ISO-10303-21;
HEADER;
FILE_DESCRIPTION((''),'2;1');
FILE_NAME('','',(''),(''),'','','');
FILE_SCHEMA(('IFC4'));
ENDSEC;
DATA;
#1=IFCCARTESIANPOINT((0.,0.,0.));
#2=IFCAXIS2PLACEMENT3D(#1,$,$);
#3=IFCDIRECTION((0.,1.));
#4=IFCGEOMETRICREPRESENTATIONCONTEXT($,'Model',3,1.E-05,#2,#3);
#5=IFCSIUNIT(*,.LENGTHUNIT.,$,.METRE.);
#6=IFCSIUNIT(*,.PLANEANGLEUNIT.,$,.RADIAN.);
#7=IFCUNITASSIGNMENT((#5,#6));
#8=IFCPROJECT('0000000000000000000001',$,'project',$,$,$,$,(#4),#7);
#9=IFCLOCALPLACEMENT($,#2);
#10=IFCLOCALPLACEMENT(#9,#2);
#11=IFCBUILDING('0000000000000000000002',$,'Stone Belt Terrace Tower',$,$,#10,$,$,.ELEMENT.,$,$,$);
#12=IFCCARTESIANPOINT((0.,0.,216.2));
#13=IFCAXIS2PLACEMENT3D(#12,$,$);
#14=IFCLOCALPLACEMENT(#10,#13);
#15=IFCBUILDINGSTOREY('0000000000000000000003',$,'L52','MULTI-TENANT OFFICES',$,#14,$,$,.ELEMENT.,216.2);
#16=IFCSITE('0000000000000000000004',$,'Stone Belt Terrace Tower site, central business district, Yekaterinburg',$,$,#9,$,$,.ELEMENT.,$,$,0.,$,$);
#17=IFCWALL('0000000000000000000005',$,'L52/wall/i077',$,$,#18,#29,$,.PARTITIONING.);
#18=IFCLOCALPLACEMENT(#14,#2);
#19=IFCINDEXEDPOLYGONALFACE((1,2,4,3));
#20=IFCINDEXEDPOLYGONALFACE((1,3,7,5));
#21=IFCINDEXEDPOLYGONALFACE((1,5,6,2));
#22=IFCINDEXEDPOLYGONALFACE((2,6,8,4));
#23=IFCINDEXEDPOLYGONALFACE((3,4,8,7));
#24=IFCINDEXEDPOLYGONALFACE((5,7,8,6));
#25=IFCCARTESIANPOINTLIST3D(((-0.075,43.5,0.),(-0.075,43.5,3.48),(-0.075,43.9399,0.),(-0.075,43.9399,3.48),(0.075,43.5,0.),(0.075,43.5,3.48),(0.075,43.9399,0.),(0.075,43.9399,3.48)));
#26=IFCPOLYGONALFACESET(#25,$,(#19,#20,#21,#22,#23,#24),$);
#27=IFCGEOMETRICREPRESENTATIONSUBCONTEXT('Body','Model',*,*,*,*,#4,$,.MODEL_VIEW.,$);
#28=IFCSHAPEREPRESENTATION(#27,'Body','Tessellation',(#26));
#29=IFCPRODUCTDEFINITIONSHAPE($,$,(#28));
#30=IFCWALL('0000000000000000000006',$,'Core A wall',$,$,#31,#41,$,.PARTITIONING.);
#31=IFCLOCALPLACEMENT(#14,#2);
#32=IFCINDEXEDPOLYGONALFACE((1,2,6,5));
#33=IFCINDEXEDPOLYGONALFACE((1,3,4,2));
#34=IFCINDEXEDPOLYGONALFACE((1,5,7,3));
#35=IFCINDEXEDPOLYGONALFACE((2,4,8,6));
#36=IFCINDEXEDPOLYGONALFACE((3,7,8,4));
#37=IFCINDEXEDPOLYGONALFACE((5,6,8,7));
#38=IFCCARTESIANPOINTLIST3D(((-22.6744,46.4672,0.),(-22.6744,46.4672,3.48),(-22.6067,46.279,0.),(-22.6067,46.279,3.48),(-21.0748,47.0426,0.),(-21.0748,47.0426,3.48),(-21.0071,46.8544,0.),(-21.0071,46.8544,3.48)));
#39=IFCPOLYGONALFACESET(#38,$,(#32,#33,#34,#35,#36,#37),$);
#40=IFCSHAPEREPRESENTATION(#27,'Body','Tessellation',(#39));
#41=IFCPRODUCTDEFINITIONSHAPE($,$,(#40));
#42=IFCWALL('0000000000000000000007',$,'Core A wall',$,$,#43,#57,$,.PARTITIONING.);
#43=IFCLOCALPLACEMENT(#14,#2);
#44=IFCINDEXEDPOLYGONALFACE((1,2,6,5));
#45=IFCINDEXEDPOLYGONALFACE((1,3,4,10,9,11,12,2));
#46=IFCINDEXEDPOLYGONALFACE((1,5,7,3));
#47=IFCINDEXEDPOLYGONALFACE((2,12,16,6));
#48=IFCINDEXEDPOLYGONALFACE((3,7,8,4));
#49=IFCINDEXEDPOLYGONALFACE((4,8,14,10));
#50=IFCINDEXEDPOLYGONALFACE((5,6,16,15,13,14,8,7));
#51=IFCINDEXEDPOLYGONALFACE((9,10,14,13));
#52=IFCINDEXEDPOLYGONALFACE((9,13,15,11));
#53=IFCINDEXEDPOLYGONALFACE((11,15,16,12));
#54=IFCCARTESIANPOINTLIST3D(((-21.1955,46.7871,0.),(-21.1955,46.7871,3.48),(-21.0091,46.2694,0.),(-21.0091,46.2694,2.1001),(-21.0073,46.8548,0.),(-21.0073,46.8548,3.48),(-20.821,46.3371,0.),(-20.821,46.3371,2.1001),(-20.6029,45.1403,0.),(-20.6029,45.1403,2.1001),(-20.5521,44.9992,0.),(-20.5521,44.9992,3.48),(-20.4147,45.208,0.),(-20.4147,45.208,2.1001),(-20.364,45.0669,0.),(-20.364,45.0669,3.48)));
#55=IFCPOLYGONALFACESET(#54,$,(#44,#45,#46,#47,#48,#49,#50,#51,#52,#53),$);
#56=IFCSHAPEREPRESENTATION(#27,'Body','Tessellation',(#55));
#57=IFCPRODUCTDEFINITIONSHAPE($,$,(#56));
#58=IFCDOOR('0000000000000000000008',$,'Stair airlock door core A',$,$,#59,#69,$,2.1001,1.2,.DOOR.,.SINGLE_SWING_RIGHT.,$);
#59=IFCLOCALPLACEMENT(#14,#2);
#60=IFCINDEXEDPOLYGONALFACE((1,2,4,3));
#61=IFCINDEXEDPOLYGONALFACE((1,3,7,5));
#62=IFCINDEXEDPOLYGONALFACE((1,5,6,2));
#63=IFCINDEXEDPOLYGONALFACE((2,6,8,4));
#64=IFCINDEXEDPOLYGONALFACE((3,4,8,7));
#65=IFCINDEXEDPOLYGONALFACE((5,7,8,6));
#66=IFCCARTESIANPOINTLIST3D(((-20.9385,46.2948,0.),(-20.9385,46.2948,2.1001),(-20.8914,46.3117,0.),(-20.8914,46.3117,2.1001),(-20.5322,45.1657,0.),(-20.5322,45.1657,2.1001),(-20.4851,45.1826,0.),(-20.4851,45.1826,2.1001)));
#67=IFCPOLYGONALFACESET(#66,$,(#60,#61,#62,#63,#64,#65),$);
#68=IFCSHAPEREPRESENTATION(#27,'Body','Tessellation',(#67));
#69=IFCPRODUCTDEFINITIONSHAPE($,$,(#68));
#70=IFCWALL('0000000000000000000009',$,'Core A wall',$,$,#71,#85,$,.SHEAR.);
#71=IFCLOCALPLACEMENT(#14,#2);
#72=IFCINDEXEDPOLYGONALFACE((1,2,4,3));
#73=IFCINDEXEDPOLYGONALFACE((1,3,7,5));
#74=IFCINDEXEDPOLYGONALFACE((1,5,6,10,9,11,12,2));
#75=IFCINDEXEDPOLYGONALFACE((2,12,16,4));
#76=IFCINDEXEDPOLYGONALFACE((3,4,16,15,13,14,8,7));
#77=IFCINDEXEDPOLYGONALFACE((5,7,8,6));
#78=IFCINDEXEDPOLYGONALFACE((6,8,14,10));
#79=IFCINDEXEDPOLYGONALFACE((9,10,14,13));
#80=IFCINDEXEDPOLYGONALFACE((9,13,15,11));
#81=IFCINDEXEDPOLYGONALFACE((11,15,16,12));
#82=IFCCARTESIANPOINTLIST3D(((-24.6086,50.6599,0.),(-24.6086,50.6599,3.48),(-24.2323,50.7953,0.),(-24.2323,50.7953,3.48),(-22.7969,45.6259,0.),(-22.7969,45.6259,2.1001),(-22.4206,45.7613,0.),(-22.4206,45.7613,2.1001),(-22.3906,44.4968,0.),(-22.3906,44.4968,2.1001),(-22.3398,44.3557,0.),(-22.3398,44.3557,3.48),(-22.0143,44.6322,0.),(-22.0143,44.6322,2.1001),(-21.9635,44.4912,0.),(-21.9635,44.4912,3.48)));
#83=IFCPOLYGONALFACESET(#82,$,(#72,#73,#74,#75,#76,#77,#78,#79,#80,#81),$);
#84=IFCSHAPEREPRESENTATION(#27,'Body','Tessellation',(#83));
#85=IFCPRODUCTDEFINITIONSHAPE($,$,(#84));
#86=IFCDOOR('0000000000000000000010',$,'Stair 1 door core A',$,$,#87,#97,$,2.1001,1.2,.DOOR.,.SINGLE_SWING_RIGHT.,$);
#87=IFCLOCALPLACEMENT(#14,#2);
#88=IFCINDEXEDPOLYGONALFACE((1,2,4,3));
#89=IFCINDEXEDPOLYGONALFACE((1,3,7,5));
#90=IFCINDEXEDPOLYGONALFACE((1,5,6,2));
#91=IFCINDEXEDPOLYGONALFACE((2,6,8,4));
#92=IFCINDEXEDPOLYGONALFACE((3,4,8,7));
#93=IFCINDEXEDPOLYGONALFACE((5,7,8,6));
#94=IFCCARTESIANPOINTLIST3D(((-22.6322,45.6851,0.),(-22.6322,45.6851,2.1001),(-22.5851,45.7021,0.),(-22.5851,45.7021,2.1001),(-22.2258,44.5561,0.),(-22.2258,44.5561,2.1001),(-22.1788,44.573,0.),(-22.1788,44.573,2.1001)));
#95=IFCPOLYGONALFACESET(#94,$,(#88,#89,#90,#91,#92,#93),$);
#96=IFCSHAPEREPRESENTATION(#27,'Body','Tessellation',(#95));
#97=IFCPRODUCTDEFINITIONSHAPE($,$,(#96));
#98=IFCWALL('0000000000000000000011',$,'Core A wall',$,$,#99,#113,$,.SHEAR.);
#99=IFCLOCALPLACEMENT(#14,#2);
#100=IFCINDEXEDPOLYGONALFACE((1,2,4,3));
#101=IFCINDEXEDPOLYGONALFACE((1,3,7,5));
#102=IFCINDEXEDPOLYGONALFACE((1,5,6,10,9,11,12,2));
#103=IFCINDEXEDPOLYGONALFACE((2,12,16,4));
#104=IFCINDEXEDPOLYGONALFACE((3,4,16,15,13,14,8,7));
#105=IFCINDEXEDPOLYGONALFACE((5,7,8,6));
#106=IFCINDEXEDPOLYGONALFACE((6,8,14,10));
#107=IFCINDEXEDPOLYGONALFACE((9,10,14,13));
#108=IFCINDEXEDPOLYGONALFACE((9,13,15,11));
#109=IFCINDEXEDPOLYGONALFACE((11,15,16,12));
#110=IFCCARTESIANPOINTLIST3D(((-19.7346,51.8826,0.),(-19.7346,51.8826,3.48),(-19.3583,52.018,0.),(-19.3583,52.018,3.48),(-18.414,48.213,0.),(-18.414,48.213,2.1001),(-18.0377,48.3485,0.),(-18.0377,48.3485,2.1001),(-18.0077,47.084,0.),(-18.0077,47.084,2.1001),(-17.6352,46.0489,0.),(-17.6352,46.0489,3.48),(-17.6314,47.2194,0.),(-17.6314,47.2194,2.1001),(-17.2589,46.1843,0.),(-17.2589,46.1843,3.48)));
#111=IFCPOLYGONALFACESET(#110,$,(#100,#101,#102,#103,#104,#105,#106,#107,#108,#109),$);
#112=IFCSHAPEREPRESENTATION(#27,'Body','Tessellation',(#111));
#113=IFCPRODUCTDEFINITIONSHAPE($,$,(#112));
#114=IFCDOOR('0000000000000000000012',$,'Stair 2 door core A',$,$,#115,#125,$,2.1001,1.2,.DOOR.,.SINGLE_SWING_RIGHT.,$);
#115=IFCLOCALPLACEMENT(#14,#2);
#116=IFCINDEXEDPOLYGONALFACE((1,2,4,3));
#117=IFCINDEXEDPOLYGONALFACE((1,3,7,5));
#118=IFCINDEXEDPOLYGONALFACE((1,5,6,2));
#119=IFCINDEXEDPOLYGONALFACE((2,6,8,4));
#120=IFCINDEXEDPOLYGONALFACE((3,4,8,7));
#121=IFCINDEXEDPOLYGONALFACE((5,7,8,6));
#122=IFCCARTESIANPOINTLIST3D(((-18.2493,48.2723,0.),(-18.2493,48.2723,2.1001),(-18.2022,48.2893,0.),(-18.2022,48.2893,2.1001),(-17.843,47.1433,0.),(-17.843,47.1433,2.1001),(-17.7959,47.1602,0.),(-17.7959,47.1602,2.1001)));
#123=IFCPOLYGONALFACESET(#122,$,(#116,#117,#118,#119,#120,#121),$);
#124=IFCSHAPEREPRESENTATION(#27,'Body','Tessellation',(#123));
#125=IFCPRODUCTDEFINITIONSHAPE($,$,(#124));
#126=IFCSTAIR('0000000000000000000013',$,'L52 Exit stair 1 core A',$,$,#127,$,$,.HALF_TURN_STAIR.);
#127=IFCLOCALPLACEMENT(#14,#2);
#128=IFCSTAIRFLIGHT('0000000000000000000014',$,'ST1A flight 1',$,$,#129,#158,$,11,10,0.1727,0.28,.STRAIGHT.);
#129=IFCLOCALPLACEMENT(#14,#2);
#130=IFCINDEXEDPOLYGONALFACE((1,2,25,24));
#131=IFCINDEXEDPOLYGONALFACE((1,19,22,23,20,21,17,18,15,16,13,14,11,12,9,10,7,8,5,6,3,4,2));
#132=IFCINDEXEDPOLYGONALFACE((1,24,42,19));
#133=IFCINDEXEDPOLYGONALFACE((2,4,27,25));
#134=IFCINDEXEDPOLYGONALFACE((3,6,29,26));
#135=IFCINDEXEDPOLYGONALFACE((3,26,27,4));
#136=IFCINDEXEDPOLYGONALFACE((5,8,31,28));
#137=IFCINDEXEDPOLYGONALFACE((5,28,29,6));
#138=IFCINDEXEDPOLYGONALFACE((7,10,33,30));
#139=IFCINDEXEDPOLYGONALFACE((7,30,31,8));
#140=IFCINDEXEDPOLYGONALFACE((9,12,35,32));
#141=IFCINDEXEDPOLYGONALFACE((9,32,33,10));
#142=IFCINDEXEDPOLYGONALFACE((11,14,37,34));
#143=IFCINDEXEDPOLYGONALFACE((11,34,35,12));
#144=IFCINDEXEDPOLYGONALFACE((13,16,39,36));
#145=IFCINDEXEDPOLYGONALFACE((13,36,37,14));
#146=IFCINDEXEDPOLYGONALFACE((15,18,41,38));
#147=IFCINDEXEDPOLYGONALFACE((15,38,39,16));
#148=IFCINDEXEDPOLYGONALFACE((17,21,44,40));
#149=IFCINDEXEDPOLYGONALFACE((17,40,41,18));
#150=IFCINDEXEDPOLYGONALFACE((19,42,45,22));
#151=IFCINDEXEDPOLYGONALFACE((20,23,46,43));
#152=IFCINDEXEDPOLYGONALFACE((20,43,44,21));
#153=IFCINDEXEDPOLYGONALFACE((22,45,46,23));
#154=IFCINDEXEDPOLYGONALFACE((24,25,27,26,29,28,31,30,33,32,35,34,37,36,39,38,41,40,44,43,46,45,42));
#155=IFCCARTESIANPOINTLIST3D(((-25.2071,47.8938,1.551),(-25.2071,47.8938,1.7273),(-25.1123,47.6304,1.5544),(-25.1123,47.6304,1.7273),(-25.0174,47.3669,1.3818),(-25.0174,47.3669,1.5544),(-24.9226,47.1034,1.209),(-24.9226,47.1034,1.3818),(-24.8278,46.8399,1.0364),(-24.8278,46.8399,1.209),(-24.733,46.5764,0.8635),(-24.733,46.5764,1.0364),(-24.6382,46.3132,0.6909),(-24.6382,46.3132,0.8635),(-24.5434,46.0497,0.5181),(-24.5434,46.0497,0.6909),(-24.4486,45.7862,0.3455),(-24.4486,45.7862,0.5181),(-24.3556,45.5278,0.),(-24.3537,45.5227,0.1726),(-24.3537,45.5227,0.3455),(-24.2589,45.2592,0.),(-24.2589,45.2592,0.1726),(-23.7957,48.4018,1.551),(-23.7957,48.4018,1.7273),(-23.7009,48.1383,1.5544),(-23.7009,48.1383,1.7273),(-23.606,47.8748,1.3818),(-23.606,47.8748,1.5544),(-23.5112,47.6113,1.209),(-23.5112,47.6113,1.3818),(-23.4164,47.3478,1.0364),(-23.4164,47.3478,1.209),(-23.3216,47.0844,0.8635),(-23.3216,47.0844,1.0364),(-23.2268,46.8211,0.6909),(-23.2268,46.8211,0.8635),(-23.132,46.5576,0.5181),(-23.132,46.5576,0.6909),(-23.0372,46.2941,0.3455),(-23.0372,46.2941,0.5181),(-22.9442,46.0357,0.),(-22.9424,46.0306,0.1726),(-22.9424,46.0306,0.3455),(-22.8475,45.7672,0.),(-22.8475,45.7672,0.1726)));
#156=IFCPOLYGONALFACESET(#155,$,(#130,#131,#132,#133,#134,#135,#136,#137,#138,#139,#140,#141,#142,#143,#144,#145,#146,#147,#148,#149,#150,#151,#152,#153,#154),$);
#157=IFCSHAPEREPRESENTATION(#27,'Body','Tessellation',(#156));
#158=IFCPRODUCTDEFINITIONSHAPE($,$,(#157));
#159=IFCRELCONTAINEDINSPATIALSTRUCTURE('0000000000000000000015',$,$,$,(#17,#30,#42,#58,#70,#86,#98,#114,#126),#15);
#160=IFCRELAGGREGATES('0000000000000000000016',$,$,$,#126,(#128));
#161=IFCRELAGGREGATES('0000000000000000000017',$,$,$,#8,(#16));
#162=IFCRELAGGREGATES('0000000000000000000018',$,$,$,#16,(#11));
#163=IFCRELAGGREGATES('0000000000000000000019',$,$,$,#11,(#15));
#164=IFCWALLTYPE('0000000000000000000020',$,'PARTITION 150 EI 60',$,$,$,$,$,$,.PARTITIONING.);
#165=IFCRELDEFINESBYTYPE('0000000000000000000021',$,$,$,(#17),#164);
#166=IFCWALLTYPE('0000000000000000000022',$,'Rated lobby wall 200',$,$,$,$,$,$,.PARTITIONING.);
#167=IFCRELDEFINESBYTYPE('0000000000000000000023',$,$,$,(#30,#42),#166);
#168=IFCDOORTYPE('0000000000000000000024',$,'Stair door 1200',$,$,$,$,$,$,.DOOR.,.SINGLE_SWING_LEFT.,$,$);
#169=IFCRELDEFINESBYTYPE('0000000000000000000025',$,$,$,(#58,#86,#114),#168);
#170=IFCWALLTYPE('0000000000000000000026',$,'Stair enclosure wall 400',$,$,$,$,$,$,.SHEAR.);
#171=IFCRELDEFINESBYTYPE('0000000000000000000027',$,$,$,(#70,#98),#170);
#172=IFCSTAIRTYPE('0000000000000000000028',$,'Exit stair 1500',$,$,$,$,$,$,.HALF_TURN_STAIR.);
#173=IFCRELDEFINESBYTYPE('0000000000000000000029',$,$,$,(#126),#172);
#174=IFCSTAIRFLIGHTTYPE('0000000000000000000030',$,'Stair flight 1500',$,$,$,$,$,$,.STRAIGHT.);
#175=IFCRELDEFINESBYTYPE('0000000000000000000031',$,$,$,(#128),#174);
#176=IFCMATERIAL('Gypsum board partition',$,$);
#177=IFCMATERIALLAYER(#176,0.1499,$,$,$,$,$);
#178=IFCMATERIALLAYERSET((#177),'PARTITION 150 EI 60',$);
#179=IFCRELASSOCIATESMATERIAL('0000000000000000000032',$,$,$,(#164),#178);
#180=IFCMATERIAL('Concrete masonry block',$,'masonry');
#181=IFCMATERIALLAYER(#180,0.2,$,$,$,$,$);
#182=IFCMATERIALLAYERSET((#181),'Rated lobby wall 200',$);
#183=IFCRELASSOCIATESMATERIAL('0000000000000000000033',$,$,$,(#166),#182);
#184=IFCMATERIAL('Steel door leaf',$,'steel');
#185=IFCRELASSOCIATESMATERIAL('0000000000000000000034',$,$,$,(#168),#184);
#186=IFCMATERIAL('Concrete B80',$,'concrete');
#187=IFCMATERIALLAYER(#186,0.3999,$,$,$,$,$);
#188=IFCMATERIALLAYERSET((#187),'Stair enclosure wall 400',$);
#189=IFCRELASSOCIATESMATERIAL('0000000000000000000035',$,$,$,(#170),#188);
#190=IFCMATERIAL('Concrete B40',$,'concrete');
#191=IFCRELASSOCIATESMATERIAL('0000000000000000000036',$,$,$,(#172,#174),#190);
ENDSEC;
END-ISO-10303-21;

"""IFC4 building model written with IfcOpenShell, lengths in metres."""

from ifc_helpers import new_model, si_unit, direction, frame, frame_2d, origin, place, context, subcontext, project, spatial, polyline, rectangle, outline, extrude, material, layer, layer_set, type_object, element, fill, aggregate, save


model = new_model("IFC4")

# Units and contexts
model_context = context("Model", 3, precision=1e-05, world=origin(), true_north=direction((0.0, 1.0)))
body_context = subcontext(model_context, "Body", "Model", "MODEL_VIEW")
ifc_project = project(units=[si_unit("LENGTHUNIT", "METRE"), si_unit("PLANEANGLEUNIT", "RADIAN")], contexts=[model_context])

# Site, building, storey
site_placement = place(None, origin())
site = spatial("IfcSite", under=ifc_project, at=site_placement, Name="Stone Belt Terrace Tower site, central business district, Yekaterinburg", CompositionType="ELEMENT", RefElevation=0.0)
building_placement = place(site_placement, origin())
building = spatial("IfcBuilding", under=site, at=building_placement, Name="Stone Belt Terrace Tower", CompositionType="ELEMENT")
storey_placement = place(building_placement, frame((0.0, 0.0, 216.2)))
storey = spatial("IfcBuildingStorey", under=building, at=storey_placement, Name="L52", Description="MULTI-TENANT OFFICES", CompositionType="ELEMENT", Elevation=216.2)

# Shared definitions
ifc_material_1 = material(Name="Gypsum board partition")
ifc_layer_1 = layer(ifc_material_1, 0.1499)
ifc_layer_set_1 = layer_set([ifc_layer_1], Name="PARTITION 150 EI 60")
wall_type_1 = type_object("IfcWallType", Name="PARTITION 150 EI 60", PredefinedType="PARTITIONING", material=ifc_layer_set_1)

# Walls
wall_1_placement = place(storey_placement, frame((0.0, 43.9399, 0.0), z_axis=(0.0, 0.0, 1.0), x_axis=(0.0, -1.0, 0.0)))
element("IfcWall", 1, at=wall_1_placement, inside=storey, type_object=wall_type_1, Name="L52/wall/i077", PredefinedType="PARTITIONING", context=body_context, shape_type="SweptSolid", body=[
    extrude(rectangle(XDim=0.4399, YDim=0.1499, at=frame_2d((0.22, 0.0))), origin(), (0.0, 0.0, 1.0), 3.48),
])
ifc_material_2 = material(Name="Concrete masonry block", Category="masonry")
ifc_layer_2 = layer(ifc_material_2, 0.2)
ifc_layer_set_2 = layer_set([ifc_layer_2], Name="Rated lobby wall 200")
wall_type_2 = type_object("IfcWallType", Name="Rated lobby wall 200", PredefinedType="PARTITIONING", material=ifc_layer_set_2)
wall_2_placement = place(storey_placement, frame((-22.6406, 46.373, 0.0), z_axis=(0.0, 0.0, 1.0), x_axis=(0.940966, 0.338501, 0.0)))
element("IfcWall", 2, at=wall_2_placement, inside=storey, type_object=wall_type_2, Name="Core A wall", PredefinedType="PARTITIONING", context=body_context, shape_type="SweptSolid", body=[
    extrude(rectangle(XDim=1.7, YDim=0.2, at=frame_2d((0.8501, 0.0))), origin(), (0.0, 0.0, 1.0), 3.48),
])

# Walls, openings, doors
wall_3_placement = place(storey_placement, frame((-20.458, 45.033, 0.0), z_axis=(0.0, 0.0, 1.0), x_axis=(-0.338574, 0.94094, 0.0)))
wall_3 = element("IfcWall", 3, at=wall_3_placement, inside=storey, type_object=wall_type_2, Name="Core A wall", PredefinedType="PARTITIONING", context=body_context, shape_type="SweptSolid", body=[
    extrude(rectangle(XDim=1.9001, YDim=0.2, at=frame_2d((0.9502, 0.0))), origin(), (0.0, 0.0, 1.0), 3.48),
])
opening_1_placement = place(wall_3_placement, frame((0.1499, 0.0, 0.0)))
opening_1 = element("IfcOpeningElement", 4, at=opening_1_placement, cuts=wall_3, PredefinedType="OPENING", context=body_context, shape_type="SweptSolid", body=[
    extrude(rectangle(XDim=1.2, YDim=2.1001, at=frame_2d((0.6001, 1.05))), frame((0.0, 0.1099, 0.0), z_axis=(0.0, -1.0, 0.0), x_axis=(1.0, 0.0, 0.0)), (0.0, 0.0, 1.0), 0.22),
])
ifc_material_3 = material(Name="Steel door leaf", Category="steel")
door_type_1 = type_object("IfcDoorType", Name="Stair door 1200", OperationType="SINGLE_SWING_LEFT", PredefinedType="DOOR", material=ifc_material_3)
door_1_placement = place(opening_1_placement, origin())
door_1 = element("IfcDoor", 5, at=door_1_placement, inside=storey, type_object=door_type_1, Name="Stair airlock door core A", OperationType="SINGLE_SWING_RIGHT", OverallHeight=2.1001, OverallWidth=1.2, PredefinedType="DOOR", context=body_context, shape_type="SweptSolid", body=[
    extrude(rectangle(XDim=1.2, YDim=2.1001, at=frame_2d((0.6001, 1.05))), frame((0.0, 0.0249, 0.0), z_axis=(0.0, -1.0, 0.0), x_axis=(1.0, 0.0, 0.0)), (0.0, 0.0, 1.0), 0.05),
])
fill(opening_1, door_1)
ifc_material_4 = material(Name="Concrete B80", Category="concrete")
ifc_layer_3 = layer(ifc_material_4, 0.3999)
ifc_layer_set_3 = layer_set([ifc_layer_3], Name="Stair enclosure wall 400")
wall_type_3 = type_object("IfcWallType", Name="Stair enclosure wall 400", PredefinedType="SHEAR", material=ifc_layer_set_3)
wall_4_placement = place(storey_placement, frame((-22.1516, 44.4233, 0.0), z_axis=(0.0, 0.0, 1.0), x_axis=(-0.338625, 0.940921, 0.0)))
wall_4 = element("IfcWall", 6, at=wall_4_placement, inside=storey, type_object=wall_type_3, Name="Core A wall", PredefinedType="SHEAR", context=body_context, shape_type="SweptSolid", body=[
    extrude(rectangle(XDim=6.7, YDim=0.3999, at=frame_2d((3.3501, 0.0))), origin(), (0.0, 0.0, 1.0), 3.48),
])
opening_2_placement = place(wall_4_placement, frame((0.1499, 0.0, 0.0)))
opening_2 = element("IfcOpeningElement", 7, at=opening_2_placement, cuts=wall_4, PredefinedType="OPENING", context=body_context, shape_type="SweptSolid", body=[
    extrude(rectangle(XDim=1.2, YDim=2.1001, at=frame_2d((0.6001, 1.05))), frame((0.0, 0.21, 0.0), z_axis=(0.0, -1.0, 0.0), x_axis=(1.0, 0.0, 0.0)), (0.0, 0.0, 1.0), 0.4199),
])
door_2_placement = place(opening_2_placement, origin())
door_2 = element("IfcDoor", 8, at=door_2_placement, inside=storey, type_object=door_type_1, Name="Stair 1 door core A", OperationType="SINGLE_SWING_RIGHT", OverallHeight=2.1001, OverallWidth=1.2, PredefinedType="DOOR", context=body_context, shape_type="SweptSolid", body=[
    extrude(rectangle(XDim=1.2, YDim=2.1001, at=frame_2d((0.6001, 1.05))), frame((0.0, 0.0249, 0.0), z_axis=(0.0, -1.0, 0.0), x_axis=(1.0, 0.0, 0.0)), (0.0, 0.0, 1.0), 0.05),
])
fill(opening_2, door_2)
wall_5_placement = place(storey_placement, frame((-17.447, 46.1165, 0.0), z_axis=(0.0, 0.0, 1.0), x_axis=(-0.338608, 0.940928, 0.0)))
wall_5 = element("IfcWall", 9, at=wall_5_placement, inside=storey, type_object=wall_type_3, Name="Core A wall", PredefinedType="SHEAR", context=body_context, shape_type="SweptSolid", body=[
    extrude(rectangle(XDim=6.2, YDim=0.3999, at=frame_2d((3.1001, 0.0))), origin(), (0.0, 0.0, 1.0), 3.48),
])
opening_3_placement = place(wall_5_placement, frame((1.1001, 0.0, 0.0)))
opening_3 = element("IfcOpeningElement", 10, at=opening_3_placement, cuts=wall_5, PredefinedType="OPENING", context=body_context, shape_type="SweptSolid", body=[
    extrude(rectangle(XDim=1.2, YDim=2.1001, at=frame_2d((0.6001, 1.05))), frame((0.0, 0.21, 0.0), z_axis=(0.0, -1.0, 0.0), x_axis=(1.0, 0.0, 0.0)), (0.0, 0.0, 1.0), 0.4199),
])
door_3_placement = place(opening_3_placement, origin())
door_3 = element("IfcDoor", 11, at=door_3_placement, inside=storey, type_object=door_type_1, Name="Stair 2 door core A", OperationType="SINGLE_SWING_RIGHT", OverallHeight=2.1001, OverallWidth=1.2, PredefinedType="DOOR", context=body_context, shape_type="SweptSolid", body=[
    extrude(rectangle(XDim=1.2, YDim=2.1001, at=frame_2d((0.6001, 1.05))), frame((0.0, 0.0249, 0.0), z_axis=(0.0, -1.0, 0.0), x_axis=(1.0, 0.0, 0.0)), (0.0, 0.0, 1.0), 0.05),
])
fill(opening_3, door_3)

# Stair, stair flight
ifc_material_5 = material(Name="Concrete B40", Category="concrete")
stair_type = type_object("IfcStairType", Name="Exit stair 1500", PredefinedType="HALF_TURN_STAIR", material=ifc_material_5)
stair_1_placement = place(storey_placement, origin())
stair_1 = element("IfcStair", 12, at=stair_1_placement, inside=storey, type_object=stair_type, Name="L52 Exit stair 1 core A", PredefinedType="HALF_TURN_STAIR")
stair_flight_type = type_object("IfcStairFlightType", Name="Stair flight 1500", PredefinedType="STRAIGHT", material=ifc_material_5)
stair_flight_1_placement = place(storey_placement, frame((-23.5532, 45.5132, 0.0), z_axis=(0.0, 0.0, 1.0), x_axis=(-0.338624, 0.940922, 0.0)))
stair_flight_1 = element("IfcStairFlight", 13, at=stair_flight_1_placement, type_object=stair_flight_type, Name="ST1A flight 1", NumberOfRisers=11, NumberOfTreads=10, PredefinedType="STRAIGHT", RiserHeight=0.1727, TreadLength=0.28, context=body_context, shape_type="SweptSolid", body=[
    extrude(outline(polyline([(0.0, 0.0), (0.0, 0.1726), (0.28, 0.1726), (0.28, 0.3455), (0.5601, 0.3455), (0.5601, 0.5181), (0.8401, 0.5181), (0.8401, 0.6909), (1.1201, 0.6909), (1.1201, 0.8635), (1.3999, 0.8635), (1.3999, 1.0364), (1.6799, 1.0364), (1.6799, 1.209), (1.96, 1.209), (1.96, 1.3818), (2.24, 1.3818), (2.24, 1.5544), (2.52, 1.5544), (2.52, 1.7273), (2.8, 1.7273), (2.8, 1.8999), (2.8, 1.551), (0.2854, 0.0), (0.0, 0.0)])), frame((0.0, 0.75, 0.0), z_axis=(0.0, -1.0, 0.0), x_axis=(1.0, 0.0, 0.0)), (0.0, 0.0, 1.0), 1.5),
])
aggregate(stair_1, [stair_flight_1])

save(model, "model.ifc")
